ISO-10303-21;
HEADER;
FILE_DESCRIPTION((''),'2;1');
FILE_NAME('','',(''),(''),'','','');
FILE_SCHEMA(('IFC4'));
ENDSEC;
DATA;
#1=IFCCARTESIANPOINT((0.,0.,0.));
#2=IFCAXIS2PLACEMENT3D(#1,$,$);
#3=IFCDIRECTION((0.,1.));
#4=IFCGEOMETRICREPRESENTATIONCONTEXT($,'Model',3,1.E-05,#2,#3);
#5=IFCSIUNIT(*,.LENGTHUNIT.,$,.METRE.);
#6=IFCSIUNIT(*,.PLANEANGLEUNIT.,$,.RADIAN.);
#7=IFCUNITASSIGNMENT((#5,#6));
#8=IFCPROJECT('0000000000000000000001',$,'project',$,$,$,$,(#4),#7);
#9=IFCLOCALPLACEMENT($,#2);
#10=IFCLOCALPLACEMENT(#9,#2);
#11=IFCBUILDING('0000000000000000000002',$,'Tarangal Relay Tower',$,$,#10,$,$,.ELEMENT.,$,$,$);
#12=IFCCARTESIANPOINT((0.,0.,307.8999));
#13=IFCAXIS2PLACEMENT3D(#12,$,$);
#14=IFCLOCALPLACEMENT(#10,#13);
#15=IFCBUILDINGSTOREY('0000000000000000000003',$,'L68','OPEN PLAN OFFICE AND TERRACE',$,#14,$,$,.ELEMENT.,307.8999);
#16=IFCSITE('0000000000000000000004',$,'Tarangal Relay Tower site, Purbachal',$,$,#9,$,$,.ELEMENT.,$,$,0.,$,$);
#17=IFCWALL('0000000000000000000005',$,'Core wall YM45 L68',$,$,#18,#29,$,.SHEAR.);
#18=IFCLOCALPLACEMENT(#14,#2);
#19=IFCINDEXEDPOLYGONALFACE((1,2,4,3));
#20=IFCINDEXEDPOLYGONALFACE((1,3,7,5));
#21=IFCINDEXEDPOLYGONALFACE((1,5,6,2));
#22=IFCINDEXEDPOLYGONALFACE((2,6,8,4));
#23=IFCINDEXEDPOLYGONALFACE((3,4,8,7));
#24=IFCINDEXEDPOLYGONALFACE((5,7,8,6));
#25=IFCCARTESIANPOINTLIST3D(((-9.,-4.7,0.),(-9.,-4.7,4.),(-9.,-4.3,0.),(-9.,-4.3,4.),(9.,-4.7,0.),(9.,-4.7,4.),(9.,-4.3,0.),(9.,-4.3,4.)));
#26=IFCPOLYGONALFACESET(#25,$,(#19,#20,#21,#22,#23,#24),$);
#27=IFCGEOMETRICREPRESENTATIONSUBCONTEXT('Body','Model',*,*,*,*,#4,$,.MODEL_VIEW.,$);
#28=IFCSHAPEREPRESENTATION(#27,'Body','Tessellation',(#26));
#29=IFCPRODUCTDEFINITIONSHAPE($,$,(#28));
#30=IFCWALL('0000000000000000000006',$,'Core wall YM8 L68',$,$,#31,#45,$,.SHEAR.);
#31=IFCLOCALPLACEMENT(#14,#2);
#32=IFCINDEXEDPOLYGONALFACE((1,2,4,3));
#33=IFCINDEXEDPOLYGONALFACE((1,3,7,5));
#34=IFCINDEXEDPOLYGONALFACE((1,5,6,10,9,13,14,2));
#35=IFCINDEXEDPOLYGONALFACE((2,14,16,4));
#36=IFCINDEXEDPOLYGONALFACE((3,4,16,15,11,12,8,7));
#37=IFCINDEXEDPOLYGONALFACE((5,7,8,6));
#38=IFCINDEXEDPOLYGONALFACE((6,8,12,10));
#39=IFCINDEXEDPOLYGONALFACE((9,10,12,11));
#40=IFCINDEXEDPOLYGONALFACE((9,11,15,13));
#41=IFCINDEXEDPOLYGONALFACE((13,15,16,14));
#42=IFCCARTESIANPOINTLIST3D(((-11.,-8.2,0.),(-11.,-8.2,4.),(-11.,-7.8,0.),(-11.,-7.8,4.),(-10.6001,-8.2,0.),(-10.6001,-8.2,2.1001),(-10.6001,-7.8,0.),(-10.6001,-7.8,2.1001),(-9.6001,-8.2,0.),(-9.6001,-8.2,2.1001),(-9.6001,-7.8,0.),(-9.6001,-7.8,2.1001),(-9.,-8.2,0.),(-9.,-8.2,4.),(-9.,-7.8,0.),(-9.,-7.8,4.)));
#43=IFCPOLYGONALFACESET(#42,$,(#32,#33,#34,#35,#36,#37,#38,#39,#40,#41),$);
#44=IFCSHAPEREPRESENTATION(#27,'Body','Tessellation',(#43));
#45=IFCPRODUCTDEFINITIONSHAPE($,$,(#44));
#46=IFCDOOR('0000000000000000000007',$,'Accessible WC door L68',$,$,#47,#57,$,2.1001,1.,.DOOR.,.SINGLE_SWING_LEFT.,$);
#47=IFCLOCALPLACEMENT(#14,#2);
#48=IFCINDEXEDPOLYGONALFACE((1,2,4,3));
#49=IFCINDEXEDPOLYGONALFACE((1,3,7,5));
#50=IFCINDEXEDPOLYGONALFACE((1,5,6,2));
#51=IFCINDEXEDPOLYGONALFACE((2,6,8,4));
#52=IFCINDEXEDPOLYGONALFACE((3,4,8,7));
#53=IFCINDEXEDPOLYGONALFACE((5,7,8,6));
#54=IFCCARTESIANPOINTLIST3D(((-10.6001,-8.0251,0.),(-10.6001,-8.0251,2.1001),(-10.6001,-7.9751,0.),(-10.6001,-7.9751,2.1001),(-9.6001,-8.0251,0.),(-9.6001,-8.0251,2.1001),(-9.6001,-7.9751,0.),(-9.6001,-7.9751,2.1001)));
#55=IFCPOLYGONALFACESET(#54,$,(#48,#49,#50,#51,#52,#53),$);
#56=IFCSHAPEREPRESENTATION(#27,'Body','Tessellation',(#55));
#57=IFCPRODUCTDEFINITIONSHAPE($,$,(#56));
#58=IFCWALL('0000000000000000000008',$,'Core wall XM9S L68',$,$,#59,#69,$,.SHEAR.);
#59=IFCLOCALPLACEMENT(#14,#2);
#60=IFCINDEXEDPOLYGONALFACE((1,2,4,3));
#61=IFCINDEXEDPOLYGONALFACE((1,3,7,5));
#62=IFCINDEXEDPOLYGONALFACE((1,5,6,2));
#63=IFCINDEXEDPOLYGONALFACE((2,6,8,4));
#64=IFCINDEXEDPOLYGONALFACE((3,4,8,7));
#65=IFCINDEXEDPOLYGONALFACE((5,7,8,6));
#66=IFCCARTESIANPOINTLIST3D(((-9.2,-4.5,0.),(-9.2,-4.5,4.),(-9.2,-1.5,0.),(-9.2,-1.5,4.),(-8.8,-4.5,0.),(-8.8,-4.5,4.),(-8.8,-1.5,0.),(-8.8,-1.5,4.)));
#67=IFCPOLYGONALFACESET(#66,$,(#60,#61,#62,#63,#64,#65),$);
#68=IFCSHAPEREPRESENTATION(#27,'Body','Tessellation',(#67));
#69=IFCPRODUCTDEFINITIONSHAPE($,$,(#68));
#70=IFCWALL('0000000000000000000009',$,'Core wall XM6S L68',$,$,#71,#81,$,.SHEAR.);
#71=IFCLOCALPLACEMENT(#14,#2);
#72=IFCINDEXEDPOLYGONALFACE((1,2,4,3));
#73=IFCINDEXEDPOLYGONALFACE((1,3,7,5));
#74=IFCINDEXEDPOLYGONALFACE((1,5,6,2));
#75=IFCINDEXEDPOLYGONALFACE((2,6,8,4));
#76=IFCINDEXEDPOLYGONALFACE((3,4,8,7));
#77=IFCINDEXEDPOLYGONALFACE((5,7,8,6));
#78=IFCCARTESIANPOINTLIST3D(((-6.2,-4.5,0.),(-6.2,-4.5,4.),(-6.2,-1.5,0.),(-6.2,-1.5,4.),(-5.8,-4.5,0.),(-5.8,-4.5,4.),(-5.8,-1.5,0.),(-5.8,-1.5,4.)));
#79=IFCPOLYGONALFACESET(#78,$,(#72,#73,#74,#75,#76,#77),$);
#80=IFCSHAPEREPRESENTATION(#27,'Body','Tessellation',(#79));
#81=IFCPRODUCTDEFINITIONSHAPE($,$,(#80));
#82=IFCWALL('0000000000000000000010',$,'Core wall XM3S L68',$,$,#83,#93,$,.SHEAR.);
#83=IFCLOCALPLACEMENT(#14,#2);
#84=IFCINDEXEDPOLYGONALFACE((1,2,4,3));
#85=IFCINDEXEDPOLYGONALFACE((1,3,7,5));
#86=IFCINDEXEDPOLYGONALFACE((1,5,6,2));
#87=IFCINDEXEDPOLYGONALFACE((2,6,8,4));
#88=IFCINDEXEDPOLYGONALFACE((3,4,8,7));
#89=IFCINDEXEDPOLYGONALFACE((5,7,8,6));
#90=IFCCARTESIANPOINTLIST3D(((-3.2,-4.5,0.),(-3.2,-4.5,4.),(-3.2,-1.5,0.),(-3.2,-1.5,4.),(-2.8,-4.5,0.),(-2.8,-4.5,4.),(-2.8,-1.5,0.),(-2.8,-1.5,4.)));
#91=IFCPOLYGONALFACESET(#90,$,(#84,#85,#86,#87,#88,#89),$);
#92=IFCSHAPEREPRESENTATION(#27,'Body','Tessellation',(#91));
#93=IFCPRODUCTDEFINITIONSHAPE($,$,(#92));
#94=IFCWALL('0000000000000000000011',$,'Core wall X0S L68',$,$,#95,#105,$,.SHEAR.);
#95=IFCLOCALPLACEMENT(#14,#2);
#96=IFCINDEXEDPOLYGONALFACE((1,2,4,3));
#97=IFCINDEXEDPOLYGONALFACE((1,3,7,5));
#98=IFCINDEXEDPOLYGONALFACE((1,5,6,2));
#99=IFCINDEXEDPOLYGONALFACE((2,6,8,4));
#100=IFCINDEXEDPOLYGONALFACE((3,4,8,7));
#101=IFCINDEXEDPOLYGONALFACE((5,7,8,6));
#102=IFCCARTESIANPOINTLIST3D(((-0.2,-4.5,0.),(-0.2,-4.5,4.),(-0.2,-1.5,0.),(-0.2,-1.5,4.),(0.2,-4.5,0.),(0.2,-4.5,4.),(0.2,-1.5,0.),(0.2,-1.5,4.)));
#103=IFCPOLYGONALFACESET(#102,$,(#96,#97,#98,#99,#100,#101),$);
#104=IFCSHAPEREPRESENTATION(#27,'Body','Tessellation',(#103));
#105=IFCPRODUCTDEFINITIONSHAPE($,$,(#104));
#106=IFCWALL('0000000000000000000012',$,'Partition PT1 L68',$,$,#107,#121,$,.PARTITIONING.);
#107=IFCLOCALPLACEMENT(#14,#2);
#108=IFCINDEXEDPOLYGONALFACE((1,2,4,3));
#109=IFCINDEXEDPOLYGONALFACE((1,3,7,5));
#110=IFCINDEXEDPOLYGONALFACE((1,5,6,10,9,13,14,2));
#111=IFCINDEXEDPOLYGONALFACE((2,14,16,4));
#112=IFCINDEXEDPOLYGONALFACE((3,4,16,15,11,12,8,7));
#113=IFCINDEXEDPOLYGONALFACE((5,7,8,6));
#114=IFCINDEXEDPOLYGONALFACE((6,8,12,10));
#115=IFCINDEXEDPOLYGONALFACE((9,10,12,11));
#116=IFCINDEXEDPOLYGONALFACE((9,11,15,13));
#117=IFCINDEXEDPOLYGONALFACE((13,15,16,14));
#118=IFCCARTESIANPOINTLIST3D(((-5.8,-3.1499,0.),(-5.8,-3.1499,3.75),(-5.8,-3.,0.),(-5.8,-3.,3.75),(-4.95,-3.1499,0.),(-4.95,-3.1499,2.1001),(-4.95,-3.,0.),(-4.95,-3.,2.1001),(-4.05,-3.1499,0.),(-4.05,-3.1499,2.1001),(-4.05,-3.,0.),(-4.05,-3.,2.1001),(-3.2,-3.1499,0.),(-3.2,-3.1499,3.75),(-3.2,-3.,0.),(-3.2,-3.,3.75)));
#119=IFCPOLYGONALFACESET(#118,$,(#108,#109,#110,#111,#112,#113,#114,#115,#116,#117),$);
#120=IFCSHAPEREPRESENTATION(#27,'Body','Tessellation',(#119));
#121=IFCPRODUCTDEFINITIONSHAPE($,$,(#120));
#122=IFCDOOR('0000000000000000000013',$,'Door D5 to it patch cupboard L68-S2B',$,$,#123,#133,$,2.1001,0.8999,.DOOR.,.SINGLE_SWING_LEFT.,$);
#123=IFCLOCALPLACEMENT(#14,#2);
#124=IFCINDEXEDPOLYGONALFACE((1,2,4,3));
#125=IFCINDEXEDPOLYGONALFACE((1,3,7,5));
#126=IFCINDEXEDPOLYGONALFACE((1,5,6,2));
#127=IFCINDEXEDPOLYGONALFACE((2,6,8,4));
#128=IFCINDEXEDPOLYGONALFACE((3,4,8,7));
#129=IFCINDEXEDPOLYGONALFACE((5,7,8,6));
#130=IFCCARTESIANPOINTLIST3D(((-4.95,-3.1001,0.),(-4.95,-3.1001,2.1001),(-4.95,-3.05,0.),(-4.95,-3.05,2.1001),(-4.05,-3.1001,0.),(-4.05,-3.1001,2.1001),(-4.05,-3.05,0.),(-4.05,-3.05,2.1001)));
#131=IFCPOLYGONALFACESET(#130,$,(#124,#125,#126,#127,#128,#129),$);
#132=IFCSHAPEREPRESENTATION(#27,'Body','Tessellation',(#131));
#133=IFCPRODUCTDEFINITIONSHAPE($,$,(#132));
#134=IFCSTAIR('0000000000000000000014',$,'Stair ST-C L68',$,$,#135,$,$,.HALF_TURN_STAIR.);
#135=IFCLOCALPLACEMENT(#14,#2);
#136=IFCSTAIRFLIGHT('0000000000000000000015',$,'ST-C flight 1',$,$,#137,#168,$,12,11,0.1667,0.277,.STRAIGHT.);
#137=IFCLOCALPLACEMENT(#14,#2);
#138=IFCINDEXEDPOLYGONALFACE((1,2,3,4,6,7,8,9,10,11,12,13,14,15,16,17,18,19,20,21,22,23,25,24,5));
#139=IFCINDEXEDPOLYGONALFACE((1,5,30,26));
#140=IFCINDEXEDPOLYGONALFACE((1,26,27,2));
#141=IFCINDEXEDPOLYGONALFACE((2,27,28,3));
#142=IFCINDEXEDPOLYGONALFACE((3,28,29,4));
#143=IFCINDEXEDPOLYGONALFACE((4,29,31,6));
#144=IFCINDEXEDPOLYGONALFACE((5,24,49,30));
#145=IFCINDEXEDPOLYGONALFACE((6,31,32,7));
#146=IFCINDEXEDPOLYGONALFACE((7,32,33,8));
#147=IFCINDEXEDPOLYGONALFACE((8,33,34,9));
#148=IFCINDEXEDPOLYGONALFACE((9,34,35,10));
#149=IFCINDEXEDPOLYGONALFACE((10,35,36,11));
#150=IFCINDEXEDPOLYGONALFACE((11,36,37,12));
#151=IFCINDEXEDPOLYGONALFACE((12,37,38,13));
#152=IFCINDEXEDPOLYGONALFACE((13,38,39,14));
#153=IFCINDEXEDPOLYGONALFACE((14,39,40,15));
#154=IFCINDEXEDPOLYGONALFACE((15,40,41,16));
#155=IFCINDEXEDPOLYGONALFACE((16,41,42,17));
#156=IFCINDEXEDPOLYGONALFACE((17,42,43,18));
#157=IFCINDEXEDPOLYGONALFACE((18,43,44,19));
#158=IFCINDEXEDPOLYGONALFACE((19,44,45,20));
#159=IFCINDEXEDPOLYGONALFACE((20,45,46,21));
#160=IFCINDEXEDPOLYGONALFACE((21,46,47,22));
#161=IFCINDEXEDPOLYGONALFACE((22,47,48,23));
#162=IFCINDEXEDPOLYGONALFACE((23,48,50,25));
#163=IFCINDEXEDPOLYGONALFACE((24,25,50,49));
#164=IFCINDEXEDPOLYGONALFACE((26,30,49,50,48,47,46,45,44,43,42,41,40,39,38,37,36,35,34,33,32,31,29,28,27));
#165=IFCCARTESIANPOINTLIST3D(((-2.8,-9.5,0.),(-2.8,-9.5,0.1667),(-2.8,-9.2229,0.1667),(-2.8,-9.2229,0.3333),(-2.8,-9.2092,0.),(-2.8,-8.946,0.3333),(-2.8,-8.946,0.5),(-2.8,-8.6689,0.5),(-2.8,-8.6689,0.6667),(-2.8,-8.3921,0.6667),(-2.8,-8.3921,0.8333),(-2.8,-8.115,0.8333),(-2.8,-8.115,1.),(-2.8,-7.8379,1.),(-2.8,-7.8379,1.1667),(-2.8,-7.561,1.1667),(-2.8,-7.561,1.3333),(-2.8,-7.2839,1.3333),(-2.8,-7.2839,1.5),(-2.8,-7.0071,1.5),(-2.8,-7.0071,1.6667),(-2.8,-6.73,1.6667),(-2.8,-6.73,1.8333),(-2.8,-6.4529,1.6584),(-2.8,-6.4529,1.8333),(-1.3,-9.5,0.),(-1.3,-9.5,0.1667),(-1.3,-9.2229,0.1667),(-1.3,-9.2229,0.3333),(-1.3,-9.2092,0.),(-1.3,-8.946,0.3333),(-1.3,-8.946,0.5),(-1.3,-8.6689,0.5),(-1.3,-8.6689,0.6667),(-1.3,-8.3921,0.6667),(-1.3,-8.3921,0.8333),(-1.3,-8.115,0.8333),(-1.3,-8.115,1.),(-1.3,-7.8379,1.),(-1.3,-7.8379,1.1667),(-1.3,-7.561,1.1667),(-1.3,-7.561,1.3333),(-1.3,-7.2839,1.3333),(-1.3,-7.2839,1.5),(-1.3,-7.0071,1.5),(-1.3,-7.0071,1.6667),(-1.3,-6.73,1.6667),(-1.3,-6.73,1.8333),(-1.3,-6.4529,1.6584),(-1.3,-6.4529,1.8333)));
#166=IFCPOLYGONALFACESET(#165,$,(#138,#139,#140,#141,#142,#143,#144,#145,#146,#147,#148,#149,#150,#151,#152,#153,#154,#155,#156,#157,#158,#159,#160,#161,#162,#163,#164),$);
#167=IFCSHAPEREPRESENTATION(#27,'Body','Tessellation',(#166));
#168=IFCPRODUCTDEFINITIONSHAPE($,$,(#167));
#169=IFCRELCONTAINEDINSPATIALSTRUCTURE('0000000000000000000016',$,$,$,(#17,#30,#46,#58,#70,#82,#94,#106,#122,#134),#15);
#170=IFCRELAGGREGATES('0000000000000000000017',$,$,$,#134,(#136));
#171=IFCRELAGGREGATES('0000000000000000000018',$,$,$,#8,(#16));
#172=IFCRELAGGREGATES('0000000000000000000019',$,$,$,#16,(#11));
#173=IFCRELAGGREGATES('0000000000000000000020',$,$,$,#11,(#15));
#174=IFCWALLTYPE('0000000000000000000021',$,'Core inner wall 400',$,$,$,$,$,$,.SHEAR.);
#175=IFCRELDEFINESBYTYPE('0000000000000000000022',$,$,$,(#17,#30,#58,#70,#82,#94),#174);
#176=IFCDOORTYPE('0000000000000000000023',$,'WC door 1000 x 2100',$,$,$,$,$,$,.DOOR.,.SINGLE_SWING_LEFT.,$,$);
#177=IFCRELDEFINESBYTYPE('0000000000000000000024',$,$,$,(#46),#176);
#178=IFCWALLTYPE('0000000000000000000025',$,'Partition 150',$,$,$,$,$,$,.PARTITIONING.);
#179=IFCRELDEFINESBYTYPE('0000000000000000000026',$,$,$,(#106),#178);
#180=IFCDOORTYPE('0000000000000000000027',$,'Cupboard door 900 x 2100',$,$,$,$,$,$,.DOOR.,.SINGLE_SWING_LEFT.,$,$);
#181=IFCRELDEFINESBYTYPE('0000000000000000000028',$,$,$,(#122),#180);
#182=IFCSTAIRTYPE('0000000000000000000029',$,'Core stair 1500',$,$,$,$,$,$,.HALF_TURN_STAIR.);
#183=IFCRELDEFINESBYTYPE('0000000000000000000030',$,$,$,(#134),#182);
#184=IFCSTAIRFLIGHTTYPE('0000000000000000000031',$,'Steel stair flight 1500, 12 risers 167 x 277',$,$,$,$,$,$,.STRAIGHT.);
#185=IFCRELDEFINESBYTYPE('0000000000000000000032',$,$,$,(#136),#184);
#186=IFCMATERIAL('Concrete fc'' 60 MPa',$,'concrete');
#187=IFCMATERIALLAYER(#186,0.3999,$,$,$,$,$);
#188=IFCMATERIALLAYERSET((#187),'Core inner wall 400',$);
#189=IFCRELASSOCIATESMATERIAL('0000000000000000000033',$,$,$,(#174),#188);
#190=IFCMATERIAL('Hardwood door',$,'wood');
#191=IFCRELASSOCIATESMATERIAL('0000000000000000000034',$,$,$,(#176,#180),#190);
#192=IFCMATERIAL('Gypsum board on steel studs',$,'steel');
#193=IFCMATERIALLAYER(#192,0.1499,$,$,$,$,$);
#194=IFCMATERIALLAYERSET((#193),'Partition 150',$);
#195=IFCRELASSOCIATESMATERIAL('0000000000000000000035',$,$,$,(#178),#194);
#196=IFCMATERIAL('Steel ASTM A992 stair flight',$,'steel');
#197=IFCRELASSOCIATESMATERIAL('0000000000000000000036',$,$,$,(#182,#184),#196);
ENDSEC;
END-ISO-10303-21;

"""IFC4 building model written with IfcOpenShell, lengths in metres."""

from ifc_helpers import new_model, si_unit, direction, frame, frame_2d, origin, place, context, subcontext, project, spatial, polyline, rectangle, outline, extrude, material, layer, layer_set, type_object, element, fill, aggregate, save


model = new_model("IFC4")

# Units and contexts
model_context = context("Model", 3, precision=1e-05, world=origin(), true_north=direction((0.0, 1.0)))
body_context = subcontext(model_context, "Body", "Model", "MODEL_VIEW")
ifc_project = project(units=[si_unit("LENGTHUNIT", "METRE"), si_unit("PLANEANGLEUNIT", "RADIAN")], contexts=[model_context])

# Site, building, storey
site_placement = place(None, origin())
site = spatial("IfcSite", under=ifc_project, at=site_placement, Name="Tarangal Relay Tower site, Purbachal", CompositionType="ELEMENT", RefElevation=0.0)
building_placement = place(site_placement, origin())
building = spatial("IfcBuilding", under=site, at=building_placement, Name="Tarangal Relay Tower", CompositionType="ELEMENT")
storey_placement = place(building_placement, frame((0.0, 0.0, 307.8999)))
storey = spatial("IfcBuildingStorey", under=building, at=storey_placement, Name="L68", Description="OPEN PLAN OFFICE AND TERRACE", CompositionType="ELEMENT", Elevation=307.8999)

# Shared definitions
ifc_material_1 = material(Name="Concrete fc' 60 MPa", Category="concrete")
ifc_layer_1 = layer(ifc_material_1, 0.3999)
ifc_layer_set_1 = layer_set([ifc_layer_1], Name="Core inner wall 400")
wall_type_1 = type_object("IfcWallType", Name="Core inner wall 400", PredefinedType="SHEAR", material=ifc_layer_set_1)

# Wall
wall_1_placement = place(storey_placement, frame((-9.0, -4.5, 0.0), z_axis=(0.0, 0.0, 1.0), x_axis=(1.0, 0.0, 0.0)))
element("IfcWall", 1, at=wall_1_placement, inside=storey, type_object=wall_type_1, Name="Core wall YM45 L68", PredefinedType="SHEAR", context=body_context, shape_type="SweptSolid", body=[
    extrude(rectangle(XDim=18.0, YDim=0.3999, at=frame_2d((9.0, 0.0))), origin(), (0.0, 0.0, 1.0), 4.0),
])

# Wall, opening, door
wall_2_placement = place(storey_placement, frame((-11.0, -8.0, 0.0), z_axis=(0.0, 0.0, 1.0), x_axis=(1.0, 0.0, 0.0)))
wall_2 = element("IfcWall", 2, at=wall_2_placement, inside=storey, type_object=wall_type_1, Name="Core wall YM8 L68", PredefinedType="SHEAR", context=body_context, shape_type="SweptSolid", body=[
    extrude(rectangle(XDim=2.0, YDim=0.3999, at=frame_2d((1.0, 0.0))), origin(), (0.0, 0.0, 1.0), 4.0),
])
opening_1_placement = place(wall_2_placement, frame((0.3999, 0.0, 0.0)))
opening_1 = element("IfcOpeningElement", 3, at=opening_1_placement, cuts=wall_2, PredefinedType="OPENING", context=body_context, shape_type="SweptSolid", body=[
    extrude(rectangle(XDim=1.0, YDim=2.1001, at=frame_2d((0.5, 1.05))), frame((0.0, 0.21, 0.0), z_axis=(0.0, -1.0, 0.0), x_axis=(1.0, 0.0, 0.0)), (0.0, 0.0, 1.0), 0.4199),
])
ifc_material_2 = material(Name="Hardwood door", Category="wood")
door_type_1 = type_object("IfcDoorType", Name="WC door 1000 x 2100", OperationType="SINGLE_SWING_LEFT", PredefinedType="DOOR", material=ifc_material_2)
door_1_placement = place(opening_1_placement, origin())
door_1 = element("IfcDoor", 4, at=door_1_placement, inside=storey, type_object=door_type_1, Name="Accessible WC door L68", OperationType="SINGLE_SWING_LEFT", OverallHeight=2.1001, OverallWidth=1.0, PredefinedType="DOOR", context=body_context, shape_type="SweptSolid", body=[
    extrude(rectangle(XDim=1.0, YDim=2.1001, at=frame_2d((0.5, 1.05))), frame((0.0, 0.0249, 0.0), z_axis=(0.0, -1.0, 0.0), x_axis=(1.0, 0.0, 0.0)), (0.0, 0.0, 1.0), 0.05),
])
fill(opening_1, door_1)

# Walls
for number, where, z_axis, x_axis, name in (
    (5, (-9.0, -4.5, 0.0), (0.0, 0.0, 1.0), (0.0, 1.0, 0.0), "Core wall XM9S L68"),
    (6, (-6.0, -4.5, 0.0), (0.0, 0.0, 1.0), (0.0, 1.0, 0.0), "Core wall XM6S L68"),
    (7, (-3.0, -4.5, 0.0), (0.0, 0.0, 1.0), (0.0, 1.0, 0.0), "Core wall XM3S L68"),
    (8, (0.0, -4.5, 0.0), (0.0, 0.0, 1.0), (0.0, 1.0, 0.0), "Core wall X0S L68"),
):
    element("IfcWall", number, at=place(storey_placement, frame(where, z_axis=z_axis, x_axis=x_axis)), inside=storey, type_object=wall_type_1, Name=name, PredefinedType="SHEAR", context=body_context, shape_type="SweptSolid", body=[
        extrude(rectangle(XDim=3.0, YDim=0.3999, at=frame_2d((1.5, 0.0))), origin(), (0.0, 0.0, 1.0), 4.0),
    ])

# Wall, opening, door
ifc_material_3 = material(Name="Gypsum board on steel studs", Category="steel")
ifc_layer_2 = layer(ifc_material_3, 0.1499)
ifc_layer_set_2 = layer_set([ifc_layer_2], Name="Partition 150")
wall_type_2 = type_object("IfcWallType", Name="Partition 150", PredefinedType="PARTITIONING", material=ifc_layer_set_2)
wall_3_placement = place(storey_placement, frame((-5.8, -3.075, 0.0), z_axis=(0.0, 0.0, 1.0), x_axis=(1.0, 0.0, 0.0)))
wall_3 = element("IfcWall", 9, at=wall_3_placement, inside=storey, type_object=wall_type_2, Name="Partition PT1 L68", PredefinedType="PARTITIONING", context=body_context, shape_type="SweptSolid", body=[
    extrude(rectangle(XDim=2.6001, YDim=0.1499, at=frame_2d((1.3, 0.0))), origin(), (0.0, 0.0, 1.0), 3.75),
])
opening_2_placement = place(wall_3_placement, frame((0.8501, 0.0, 0.0)))
opening_2 = element("IfcOpeningElement", 10, at=opening_2_placement, cuts=wall_3, PredefinedType="OPENING", context=body_context, shape_type="SweptSolid", body=[
    extrude(rectangle(XDim=0.8999, YDim=2.1001, at=frame_2d((0.45, 1.05))), frame((0.0, 0.085, 0.0), z_axis=(0.0, -1.0, 0.0), x_axis=(1.0, 0.0, 0.0)), (0.0, 0.0, 1.0), 0.1699),
])
door_type_2 = type_object("IfcDoorType", Name="Cupboard door 900 x 2100", OperationType="SINGLE_SWING_LEFT", PredefinedType="DOOR", material=ifc_material_2)
door_2_placement = place(opening_2_placement, origin())
door_2 = element("IfcDoor", 11, at=door_2_placement, inside=storey, type_object=door_type_2, Name="Door D5 to it patch cupboard L68-S2B", OperationType="SINGLE_SWING_LEFT", OverallHeight=2.1001, OverallWidth=0.8999, PredefinedType="DOOR", context=body_context, shape_type="SweptSolid", body=[
    extrude(rectangle(XDim=0.8999, YDim=2.1001, at=frame_2d((0.45, 1.05))), frame((0.0, 0.0249, 0.0), z_axis=(0.0, -1.0, 0.0), x_axis=(1.0, 0.0, 0.0)), (0.0, 0.0, 1.0), 0.05),
])
fill(opening_2, door_2)

# Stair, stair flight
ifc_material_4 = material(Name="Steel ASTM A992 stair flight", Category="steel")
stair_type = type_object("IfcStairType", Name="Core stair 1500", PredefinedType="HALF_TURN_STAIR", material=ifc_material_4)
stair_placement = place(storey_placement, origin())
stair = element("IfcStair", 12, at=stair_placement, inside=storey, type_object=stair_type, Name="Stair ST-C L68", PredefinedType="HALF_TURN_STAIR")
stair_flight_type = type_object("IfcStairFlightType", Name="Steel stair flight 1500, 12 risers 167 x 277", PredefinedType="STRAIGHT", material=ifc_material_4)
stair_flight_placement = place(storey_placement, frame((-2.05, -9.5, 0.0), z_axis=(0.0, 0.0, 1.0), x_axis=(0.0, 1.0, 0.0)))
stair_flight = element("IfcStairFlight", 13, at=stair_flight_placement, type_object=stair_flight_type, Name="ST-C flight 1", NumberOfRisers=12, NumberOfTreads=11, PredefinedType="STRAIGHT", RiserHeight=0.1667, TreadLength=0.277, context=body_context, shape_type="SweptSolid", body=[
    extrude(outline(polyline([(0.0, 0.0), (0.0, 0.1667), (0.2771, 0.1667), (0.2771, 0.3333), (0.554, 0.3333), (0.554, 0.5), (0.8311, 0.5), (0.8311, 0.6667), (1.1079, 0.6667), (1.1079, 0.8333), (1.385, 0.8333), (1.385, 1.0), (1.6621, 1.0), (1.6621, 1.1667), (1.939, 1.1667), (1.939, 1.3333), (2.2161, 1.3333), (2.2161, 1.5), (2.4929, 1.5), (2.4929, 1.6667), (2.77, 1.6667), (2.77, 1.8333), (3.0471, 1.8333), (3.0471, 2.0), (3.0471, 1.6584), (0.2908, 0.0), (0.0, 0.0)])), frame((0.0, 0.75, 0.0), z_axis=(0.0, -1.0, 0.0), x_axis=(1.0, 0.0, 0.0)), (0.0, 0.0, 1.0), 1.5),
])
aggregate(stair, [stair_flight])

save(model, "model.ifc")
